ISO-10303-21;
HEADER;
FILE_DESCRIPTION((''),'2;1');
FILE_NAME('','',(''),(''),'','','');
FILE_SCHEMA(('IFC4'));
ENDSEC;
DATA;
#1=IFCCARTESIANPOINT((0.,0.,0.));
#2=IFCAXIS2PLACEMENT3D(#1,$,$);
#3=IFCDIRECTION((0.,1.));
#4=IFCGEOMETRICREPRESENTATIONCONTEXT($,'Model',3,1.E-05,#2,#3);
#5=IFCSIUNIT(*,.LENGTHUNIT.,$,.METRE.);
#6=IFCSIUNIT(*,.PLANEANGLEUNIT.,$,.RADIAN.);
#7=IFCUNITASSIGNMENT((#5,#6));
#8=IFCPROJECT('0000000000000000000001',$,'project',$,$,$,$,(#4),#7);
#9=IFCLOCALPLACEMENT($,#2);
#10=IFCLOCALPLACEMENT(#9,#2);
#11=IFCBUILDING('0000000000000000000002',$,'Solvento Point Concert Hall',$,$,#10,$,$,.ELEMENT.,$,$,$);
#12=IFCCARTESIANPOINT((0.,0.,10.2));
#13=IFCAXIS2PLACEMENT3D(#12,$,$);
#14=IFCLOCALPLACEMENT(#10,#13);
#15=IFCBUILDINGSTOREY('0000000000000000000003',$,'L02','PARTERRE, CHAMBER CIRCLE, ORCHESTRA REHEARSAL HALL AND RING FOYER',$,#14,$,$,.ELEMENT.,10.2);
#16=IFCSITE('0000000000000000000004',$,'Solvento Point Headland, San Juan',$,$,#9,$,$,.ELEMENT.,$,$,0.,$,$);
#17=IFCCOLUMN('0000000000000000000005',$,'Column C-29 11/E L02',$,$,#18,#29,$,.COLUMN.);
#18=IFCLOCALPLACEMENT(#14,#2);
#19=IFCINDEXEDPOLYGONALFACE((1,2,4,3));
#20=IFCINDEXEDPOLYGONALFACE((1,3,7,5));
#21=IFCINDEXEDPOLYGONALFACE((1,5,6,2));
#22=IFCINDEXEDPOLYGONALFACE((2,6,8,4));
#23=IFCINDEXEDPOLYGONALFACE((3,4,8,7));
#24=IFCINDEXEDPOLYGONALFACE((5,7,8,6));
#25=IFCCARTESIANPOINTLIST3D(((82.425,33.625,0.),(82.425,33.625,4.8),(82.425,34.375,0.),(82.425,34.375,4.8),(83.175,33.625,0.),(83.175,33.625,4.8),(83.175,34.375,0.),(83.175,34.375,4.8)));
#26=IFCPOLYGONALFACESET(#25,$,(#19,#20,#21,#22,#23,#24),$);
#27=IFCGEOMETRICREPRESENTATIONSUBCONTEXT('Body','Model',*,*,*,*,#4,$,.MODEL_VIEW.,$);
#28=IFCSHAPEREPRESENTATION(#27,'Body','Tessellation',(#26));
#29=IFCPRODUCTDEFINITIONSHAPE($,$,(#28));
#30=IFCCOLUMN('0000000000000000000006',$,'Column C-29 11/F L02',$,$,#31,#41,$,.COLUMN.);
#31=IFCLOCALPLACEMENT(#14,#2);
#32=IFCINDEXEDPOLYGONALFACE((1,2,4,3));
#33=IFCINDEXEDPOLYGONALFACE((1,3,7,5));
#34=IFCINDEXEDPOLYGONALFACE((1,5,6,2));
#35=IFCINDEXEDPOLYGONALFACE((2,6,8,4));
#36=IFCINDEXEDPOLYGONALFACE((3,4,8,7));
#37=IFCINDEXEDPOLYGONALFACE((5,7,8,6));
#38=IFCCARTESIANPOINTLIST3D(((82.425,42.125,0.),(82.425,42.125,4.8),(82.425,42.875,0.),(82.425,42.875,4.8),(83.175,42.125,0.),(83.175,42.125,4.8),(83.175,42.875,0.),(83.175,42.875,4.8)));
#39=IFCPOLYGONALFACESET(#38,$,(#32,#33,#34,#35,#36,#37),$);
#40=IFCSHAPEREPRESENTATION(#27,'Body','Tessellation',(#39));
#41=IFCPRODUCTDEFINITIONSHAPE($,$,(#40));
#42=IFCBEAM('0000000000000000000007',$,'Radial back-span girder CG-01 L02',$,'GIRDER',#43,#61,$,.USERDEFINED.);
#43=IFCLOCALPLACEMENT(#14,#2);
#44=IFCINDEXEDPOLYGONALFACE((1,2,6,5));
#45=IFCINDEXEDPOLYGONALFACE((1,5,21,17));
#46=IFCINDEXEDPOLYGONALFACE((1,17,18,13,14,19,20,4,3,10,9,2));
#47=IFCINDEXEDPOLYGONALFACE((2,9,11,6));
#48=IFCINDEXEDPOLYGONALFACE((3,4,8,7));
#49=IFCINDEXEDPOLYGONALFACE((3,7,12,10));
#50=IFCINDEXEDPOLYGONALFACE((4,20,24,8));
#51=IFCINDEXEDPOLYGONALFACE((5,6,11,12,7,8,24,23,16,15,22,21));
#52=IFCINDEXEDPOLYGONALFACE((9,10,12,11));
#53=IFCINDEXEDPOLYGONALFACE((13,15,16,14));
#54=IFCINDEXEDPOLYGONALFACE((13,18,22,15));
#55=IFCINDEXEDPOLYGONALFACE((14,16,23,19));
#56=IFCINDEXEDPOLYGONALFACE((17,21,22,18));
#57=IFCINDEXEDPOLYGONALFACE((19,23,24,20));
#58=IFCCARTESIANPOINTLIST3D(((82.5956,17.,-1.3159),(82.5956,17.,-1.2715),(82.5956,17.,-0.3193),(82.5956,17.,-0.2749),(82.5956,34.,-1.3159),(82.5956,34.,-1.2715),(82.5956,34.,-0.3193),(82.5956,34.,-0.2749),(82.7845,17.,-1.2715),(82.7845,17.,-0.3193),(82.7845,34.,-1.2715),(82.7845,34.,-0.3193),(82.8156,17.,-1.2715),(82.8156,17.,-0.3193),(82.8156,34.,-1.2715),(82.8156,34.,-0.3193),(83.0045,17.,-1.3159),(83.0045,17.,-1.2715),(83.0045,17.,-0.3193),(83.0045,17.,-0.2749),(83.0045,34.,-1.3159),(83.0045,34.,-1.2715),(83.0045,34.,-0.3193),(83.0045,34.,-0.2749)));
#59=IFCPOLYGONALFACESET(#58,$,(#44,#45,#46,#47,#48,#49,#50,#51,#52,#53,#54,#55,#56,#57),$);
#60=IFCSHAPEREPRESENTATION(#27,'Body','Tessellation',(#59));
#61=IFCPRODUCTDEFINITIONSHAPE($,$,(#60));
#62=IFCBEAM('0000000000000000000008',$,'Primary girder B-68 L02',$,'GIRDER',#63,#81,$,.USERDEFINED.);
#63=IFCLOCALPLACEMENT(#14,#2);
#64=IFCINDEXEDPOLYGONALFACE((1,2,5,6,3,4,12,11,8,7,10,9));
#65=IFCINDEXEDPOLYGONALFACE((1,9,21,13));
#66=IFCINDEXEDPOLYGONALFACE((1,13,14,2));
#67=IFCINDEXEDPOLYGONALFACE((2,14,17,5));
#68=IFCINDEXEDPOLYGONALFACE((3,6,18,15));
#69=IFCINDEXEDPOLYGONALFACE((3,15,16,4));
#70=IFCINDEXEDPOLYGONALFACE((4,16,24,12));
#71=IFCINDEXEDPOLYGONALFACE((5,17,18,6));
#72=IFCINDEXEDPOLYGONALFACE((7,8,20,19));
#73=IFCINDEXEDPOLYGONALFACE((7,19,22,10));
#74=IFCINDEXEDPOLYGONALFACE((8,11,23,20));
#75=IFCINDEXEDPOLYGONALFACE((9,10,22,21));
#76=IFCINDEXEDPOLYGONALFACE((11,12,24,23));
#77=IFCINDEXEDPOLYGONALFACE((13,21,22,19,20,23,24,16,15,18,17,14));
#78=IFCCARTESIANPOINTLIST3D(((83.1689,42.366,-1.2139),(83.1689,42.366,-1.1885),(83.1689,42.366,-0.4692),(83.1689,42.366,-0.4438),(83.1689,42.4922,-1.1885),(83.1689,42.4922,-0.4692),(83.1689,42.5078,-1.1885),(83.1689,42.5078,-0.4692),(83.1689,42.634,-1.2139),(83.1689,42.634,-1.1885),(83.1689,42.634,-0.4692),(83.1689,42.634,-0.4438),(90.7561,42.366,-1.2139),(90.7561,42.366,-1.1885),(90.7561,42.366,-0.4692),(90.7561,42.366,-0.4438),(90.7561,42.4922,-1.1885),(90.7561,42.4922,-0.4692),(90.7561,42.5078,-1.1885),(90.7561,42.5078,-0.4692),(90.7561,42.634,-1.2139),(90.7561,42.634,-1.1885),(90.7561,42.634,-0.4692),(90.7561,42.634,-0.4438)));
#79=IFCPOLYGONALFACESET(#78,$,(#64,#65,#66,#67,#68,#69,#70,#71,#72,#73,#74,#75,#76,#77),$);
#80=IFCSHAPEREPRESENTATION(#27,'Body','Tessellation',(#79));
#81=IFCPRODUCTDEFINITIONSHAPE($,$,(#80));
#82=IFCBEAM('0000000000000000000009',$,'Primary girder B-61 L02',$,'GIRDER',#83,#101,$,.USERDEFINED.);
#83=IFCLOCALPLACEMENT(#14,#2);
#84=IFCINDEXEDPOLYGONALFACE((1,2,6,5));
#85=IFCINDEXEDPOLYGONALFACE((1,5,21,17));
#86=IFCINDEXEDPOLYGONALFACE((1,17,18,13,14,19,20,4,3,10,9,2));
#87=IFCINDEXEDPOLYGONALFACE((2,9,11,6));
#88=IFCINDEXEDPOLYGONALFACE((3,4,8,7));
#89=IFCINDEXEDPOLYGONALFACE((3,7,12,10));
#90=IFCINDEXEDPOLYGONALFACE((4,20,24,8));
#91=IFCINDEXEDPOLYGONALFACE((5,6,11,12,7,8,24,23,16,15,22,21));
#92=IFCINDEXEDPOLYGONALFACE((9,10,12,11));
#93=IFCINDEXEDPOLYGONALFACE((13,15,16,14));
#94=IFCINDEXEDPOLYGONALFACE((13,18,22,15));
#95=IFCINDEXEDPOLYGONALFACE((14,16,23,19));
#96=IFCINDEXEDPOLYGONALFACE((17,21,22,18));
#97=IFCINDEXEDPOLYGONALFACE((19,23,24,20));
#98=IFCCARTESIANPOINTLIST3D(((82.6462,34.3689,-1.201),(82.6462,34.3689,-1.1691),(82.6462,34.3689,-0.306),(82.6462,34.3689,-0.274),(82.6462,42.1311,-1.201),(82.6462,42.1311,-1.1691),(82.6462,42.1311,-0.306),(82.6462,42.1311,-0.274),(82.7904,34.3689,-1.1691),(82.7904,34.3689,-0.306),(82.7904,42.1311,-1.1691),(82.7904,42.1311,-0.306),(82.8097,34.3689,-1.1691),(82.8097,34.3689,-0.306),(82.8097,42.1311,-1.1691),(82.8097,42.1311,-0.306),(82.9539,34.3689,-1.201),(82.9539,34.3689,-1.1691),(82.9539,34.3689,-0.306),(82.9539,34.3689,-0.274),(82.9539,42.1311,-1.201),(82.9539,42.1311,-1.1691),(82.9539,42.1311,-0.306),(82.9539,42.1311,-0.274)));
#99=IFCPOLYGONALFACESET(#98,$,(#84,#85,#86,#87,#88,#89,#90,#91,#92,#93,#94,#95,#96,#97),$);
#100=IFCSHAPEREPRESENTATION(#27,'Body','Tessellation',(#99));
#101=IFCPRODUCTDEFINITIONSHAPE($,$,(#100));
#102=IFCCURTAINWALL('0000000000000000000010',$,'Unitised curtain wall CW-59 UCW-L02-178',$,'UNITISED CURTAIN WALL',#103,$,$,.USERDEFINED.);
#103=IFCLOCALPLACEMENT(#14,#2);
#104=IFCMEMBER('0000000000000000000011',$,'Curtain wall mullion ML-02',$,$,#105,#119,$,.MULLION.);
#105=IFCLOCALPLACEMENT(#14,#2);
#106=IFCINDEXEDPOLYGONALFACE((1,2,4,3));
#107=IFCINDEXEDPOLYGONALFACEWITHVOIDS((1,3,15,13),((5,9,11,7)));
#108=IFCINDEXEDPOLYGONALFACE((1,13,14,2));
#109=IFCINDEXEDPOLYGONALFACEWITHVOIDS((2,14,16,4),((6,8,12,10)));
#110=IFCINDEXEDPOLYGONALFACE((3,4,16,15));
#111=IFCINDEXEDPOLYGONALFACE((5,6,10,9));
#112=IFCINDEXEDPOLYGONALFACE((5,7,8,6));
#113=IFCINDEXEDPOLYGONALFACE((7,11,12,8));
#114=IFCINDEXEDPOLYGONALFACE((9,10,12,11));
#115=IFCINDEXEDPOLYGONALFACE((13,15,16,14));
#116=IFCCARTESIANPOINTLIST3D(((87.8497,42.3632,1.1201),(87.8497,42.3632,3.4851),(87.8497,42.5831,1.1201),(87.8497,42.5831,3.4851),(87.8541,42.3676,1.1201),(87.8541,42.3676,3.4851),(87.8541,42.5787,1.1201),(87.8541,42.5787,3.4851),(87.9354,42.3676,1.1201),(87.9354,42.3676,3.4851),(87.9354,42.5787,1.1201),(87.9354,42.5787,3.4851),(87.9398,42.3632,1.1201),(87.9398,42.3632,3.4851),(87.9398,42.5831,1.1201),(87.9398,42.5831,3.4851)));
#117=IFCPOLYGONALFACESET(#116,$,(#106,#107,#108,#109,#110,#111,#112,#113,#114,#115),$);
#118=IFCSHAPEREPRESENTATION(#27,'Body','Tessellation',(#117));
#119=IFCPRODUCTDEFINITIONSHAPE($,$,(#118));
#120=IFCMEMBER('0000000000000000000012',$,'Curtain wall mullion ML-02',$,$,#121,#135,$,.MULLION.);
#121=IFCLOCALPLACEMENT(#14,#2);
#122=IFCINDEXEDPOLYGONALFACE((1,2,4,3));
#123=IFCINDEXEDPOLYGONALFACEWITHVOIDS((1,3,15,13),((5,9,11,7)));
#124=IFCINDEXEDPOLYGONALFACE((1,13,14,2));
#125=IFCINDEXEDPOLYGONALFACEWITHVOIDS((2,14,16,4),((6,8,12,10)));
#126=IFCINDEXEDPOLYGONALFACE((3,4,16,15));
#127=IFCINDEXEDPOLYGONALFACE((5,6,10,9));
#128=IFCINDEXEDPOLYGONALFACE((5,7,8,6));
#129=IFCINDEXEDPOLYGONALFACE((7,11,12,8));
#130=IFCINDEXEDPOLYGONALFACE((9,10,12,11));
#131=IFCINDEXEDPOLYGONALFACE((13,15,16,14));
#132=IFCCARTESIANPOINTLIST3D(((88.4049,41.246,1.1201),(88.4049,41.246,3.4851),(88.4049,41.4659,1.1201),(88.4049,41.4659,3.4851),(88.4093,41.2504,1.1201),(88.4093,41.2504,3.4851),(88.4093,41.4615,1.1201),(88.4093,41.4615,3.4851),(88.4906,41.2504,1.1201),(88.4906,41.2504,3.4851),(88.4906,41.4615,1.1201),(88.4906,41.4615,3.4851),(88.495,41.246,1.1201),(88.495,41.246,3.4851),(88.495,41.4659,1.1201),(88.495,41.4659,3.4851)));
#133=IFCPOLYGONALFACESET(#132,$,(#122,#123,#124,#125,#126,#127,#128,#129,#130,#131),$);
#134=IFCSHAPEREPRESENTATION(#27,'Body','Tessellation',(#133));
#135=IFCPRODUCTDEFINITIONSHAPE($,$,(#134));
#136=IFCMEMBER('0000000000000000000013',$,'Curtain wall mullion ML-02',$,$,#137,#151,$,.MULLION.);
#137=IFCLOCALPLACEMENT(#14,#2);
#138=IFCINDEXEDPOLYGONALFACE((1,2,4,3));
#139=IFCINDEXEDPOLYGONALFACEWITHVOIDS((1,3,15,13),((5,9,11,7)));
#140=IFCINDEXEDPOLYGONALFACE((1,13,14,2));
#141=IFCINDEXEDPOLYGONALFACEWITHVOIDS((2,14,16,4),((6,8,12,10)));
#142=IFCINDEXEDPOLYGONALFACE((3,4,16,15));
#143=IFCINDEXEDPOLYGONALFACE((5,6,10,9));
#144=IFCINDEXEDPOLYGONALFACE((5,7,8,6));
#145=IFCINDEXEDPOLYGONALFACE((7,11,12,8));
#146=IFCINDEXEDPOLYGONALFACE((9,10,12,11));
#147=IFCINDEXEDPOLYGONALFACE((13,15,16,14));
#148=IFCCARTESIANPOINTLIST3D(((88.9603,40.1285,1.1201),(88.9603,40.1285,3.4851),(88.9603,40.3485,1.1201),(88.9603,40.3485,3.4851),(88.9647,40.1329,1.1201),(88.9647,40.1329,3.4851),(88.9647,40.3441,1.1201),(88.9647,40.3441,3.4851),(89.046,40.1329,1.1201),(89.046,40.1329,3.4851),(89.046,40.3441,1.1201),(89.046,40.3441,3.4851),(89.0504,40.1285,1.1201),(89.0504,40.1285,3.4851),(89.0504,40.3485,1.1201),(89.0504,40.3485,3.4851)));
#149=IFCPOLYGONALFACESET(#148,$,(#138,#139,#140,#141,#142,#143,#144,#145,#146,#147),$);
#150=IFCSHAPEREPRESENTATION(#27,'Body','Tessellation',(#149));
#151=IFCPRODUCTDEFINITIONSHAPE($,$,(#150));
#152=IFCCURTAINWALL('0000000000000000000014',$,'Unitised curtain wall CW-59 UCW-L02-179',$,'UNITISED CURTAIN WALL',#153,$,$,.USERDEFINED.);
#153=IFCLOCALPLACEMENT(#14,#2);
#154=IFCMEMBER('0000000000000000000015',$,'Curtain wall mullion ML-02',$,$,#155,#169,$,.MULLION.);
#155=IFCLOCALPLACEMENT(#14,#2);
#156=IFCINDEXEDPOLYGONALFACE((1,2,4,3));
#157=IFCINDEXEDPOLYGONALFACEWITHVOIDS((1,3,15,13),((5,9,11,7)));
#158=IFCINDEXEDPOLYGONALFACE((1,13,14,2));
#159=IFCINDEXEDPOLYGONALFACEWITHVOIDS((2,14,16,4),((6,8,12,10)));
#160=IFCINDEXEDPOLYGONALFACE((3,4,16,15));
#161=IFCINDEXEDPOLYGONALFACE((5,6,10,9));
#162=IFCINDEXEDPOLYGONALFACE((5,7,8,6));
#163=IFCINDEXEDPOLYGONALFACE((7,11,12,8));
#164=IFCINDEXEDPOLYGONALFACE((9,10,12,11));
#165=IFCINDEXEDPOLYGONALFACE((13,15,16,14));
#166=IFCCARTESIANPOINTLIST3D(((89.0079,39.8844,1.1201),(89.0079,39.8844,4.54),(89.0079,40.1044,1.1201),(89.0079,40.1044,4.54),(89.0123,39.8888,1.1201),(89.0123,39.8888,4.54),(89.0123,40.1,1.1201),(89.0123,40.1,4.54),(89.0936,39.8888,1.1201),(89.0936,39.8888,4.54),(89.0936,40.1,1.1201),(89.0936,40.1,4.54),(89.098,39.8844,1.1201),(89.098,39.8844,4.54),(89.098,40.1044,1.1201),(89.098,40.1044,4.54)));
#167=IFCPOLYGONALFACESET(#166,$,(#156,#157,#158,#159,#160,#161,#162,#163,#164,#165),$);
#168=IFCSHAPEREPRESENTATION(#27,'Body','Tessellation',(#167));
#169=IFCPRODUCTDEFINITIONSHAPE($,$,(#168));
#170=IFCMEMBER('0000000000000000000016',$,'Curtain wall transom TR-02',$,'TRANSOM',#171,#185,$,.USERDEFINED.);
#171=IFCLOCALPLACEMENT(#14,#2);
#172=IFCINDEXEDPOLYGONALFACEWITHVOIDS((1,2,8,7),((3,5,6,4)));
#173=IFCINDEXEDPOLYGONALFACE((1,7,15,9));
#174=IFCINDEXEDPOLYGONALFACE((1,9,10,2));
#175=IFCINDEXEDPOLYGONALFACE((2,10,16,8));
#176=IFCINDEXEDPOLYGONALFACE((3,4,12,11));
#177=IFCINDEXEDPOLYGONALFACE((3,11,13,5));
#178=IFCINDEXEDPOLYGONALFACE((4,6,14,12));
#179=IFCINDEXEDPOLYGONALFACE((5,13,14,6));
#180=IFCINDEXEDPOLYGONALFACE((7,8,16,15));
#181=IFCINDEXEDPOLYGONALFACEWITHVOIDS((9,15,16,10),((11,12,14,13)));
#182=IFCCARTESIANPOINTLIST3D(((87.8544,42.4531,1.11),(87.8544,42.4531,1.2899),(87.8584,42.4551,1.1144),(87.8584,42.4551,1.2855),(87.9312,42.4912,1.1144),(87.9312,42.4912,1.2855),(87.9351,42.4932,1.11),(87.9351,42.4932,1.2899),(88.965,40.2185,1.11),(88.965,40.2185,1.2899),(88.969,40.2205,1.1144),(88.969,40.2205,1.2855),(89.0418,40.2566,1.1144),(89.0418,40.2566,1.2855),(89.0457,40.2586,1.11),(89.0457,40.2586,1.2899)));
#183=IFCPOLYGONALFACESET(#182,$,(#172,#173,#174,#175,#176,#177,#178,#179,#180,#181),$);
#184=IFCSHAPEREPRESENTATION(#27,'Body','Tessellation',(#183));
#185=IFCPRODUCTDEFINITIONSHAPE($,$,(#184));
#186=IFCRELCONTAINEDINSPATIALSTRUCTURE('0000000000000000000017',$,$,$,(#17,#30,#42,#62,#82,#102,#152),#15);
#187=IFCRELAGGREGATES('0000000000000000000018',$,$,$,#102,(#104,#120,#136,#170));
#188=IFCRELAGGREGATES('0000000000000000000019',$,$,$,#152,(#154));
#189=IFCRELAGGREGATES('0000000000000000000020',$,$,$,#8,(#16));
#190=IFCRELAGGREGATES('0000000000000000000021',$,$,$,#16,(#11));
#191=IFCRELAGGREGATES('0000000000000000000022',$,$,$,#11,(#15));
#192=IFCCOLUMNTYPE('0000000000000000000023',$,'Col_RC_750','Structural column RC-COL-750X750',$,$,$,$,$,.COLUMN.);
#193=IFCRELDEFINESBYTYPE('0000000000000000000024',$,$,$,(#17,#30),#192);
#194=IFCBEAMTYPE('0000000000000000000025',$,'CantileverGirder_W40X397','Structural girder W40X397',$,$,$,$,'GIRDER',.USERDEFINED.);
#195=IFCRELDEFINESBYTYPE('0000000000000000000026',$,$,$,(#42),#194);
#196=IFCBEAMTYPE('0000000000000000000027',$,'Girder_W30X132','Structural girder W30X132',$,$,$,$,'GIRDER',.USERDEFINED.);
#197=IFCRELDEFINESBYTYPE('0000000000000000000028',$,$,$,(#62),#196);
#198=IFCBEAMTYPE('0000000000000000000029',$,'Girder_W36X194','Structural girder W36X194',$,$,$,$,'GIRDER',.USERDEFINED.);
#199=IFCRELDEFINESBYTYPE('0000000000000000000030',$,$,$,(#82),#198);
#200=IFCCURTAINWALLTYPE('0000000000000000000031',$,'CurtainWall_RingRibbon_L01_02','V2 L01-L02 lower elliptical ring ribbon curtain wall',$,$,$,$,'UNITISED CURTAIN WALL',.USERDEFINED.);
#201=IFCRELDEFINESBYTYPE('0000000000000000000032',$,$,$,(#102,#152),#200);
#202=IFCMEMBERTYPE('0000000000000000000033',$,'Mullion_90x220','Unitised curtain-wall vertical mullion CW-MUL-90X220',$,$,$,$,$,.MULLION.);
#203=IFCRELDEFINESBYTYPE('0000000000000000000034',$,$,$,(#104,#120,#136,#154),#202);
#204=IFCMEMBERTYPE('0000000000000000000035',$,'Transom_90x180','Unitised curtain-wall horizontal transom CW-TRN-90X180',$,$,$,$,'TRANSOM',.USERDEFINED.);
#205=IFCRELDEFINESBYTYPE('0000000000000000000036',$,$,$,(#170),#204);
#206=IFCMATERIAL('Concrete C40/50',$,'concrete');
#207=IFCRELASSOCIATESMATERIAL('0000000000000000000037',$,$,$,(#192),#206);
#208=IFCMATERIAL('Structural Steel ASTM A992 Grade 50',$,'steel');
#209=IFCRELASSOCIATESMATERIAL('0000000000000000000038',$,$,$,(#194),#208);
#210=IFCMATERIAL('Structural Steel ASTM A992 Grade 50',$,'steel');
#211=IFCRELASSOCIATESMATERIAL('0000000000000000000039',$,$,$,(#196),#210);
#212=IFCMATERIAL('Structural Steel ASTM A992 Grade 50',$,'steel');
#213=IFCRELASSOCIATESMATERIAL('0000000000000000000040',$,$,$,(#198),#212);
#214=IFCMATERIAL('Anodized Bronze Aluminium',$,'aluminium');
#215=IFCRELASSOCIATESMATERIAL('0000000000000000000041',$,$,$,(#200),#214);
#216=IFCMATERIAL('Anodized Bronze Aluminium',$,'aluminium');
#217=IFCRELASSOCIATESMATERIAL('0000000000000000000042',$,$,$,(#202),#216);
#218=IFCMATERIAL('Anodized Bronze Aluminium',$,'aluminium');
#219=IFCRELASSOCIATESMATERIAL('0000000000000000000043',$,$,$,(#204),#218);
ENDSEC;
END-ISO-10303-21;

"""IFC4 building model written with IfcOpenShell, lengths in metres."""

from ifc_helpers import new_model, si_unit, direction, frame, origin, origin_2d, place, context, subcontext, project, spatial, rectangle, hollow_rectangle, i_section, extrude, material, material_profile, profile_set, type_object, element, aggregate, save


model = new_model("IFC4")

# Units and contexts
model_context = context("Model", 3, precision=1e-05, world=origin(), true_north=direction((0.0, 1.0)))
body_context = subcontext(model_context, "Body", "Model", "MODEL_VIEW")
ifc_project = project(units=[si_unit("LENGTHUNIT", "METRE"), si_unit("PLANEANGLEUNIT", "RADIAN")], contexts=[model_context])

# Site, building, storey
site_placement = place(None, origin())
site = spatial("IfcSite", under=ifc_project, at=site_placement, Name="Solvento Point Headland, San Juan", CompositionType="ELEMENT", RefElevation=0.0)
building_placement = place(site_placement, origin())
building = spatial("IfcBuilding", under=site, at=building_placement, Name="Solvento Point Concert Hall", CompositionType="ELEMENT")
storey_placement = place(building_placement, frame((0.0, 0.0, 10.2)))
storey = spatial("IfcBuildingStorey", under=building, at=storey_placement, Name="L02", Description="PARTERRE, CHAMBER CIRCLE, ORCHESTRA REHEARSAL HALL AND RING FOYER", CompositionType="ELEMENT", Elevation=10.2)

# Columns
ifc_material_1 = material(Name="Concrete C40/50", Category="concrete")
ifc_material_profile_1 = material_profile(ifc_material_1, rectangle(XDim=0.75, YDim=0.75, at=origin_2d()), Name="RC-COL-750X750")
ifc_profile_set_1 = profile_set([ifc_material_profile_1], Name="Concrete C40/50")
column_type = type_object("IfcColumnType", Name="Col_RC_750", Description="Structural column RC-COL-750X750", PredefinedType="COLUMN", material=ifc_profile_set_1)
for number, where, z_axis, x_axis, name in (
    (1, (82.8, 34.0, 0.0), (0.0, 0.0, 1.0), (1.0, 0.0, 0.0), "Column C-29 11/E L02"),
    (2, (82.8, 42.5, 0.0), (0.0, 0.0, 1.0), (1.0, 0.0, 0.0), "Column C-29 11/F L02"),
):
    element("IfcColumn", number, at=place(storey_placement, frame(where, z_axis=z_axis, x_axis=x_axis)), inside=storey, type_object=column_type, Name=name, PredefinedType="COLUMN", context=body_context, shape_type="SweptSolid", body=[
        extrude(rectangle(XDim=0.75, YDim=0.75, at=origin_2d()), origin(), (0.0, 0.0, 1.0), 4.8),
    ])

# Beams
ifc_material_2 = material(Name="Structural Steel ASTM A992 Grade 50", Category="steel")
ifc_material_profile_2 = material_profile(ifc_material_2, i_section(OverallWidth=0.4089, OverallDepth=1.041, WebThickness=0.031, FlangeThickness=0.0444, at=origin_2d()), Name="W40X397")
ifc_profile_set_2 = profile_set([ifc_material_profile_2], Name="Structural Steel ASTM A992 Grade 50")
beam_type_1 = type_object("IfcBeamType", Name="CantileverGirder_W40X397", Description="Structural girder W40X397", ElementType="GIRDER", PredefinedType="USERDEFINED", material=ifc_profile_set_2)
beam_1_placement = place(storey_placement, frame((82.8, 34.0, -0.7954), z_axis=(0.0, -1.0, 0.0), x_axis=(1.0, 0.0, 0.0)))
element("IfcBeam", 3, at=beam_1_placement, inside=storey, type_object=beam_type_1, Name="Radial back-span girder CG-01 L02", ObjectType="GIRDER", PredefinedType="USERDEFINED", context=body_context, shape_type="SweptSolid", body=[
    extrude(i_section(OverallWidth=0.4089, OverallDepth=1.041, WebThickness=0.031, FlangeThickness=0.0444, at=origin_2d()), origin(), (0.0, 0.0, 1.0), 17.0),
])
ifc_material_3 = material(Name="Structural Steel ASTM A992 Grade 50", Category="steel")
ifc_material_profile_3 = material_profile(ifc_material_3, i_section(OverallWidth=0.2681, OverallDepth=0.77, WebThickness=0.0156, FlangeThickness=0.0254, at=origin_2d()), Name="W30X132")
ifc_profile_set_3 = profile_set([ifc_material_profile_3], Name="Structural Steel ASTM A992 Grade 50")
beam_type_2 = type_object("IfcBeamType", Name="Girder_W30X132", Description="Structural girder W30X132", ElementType="GIRDER", PredefinedType="USERDEFINED", material=ifc_profile_set_3)
beam_2_placement = place(storey_placement, frame((83.1689, 42.5, -0.8289), z_axis=(1.0, 0.0, 0.0), x_axis=(0.0, 1.0, 0.0)))
element("IfcBeam", 4, at=beam_2_placement, inside=storey, type_object=beam_type_2, Name="Primary girder B-68 L02", ObjectType="GIRDER", PredefinedType="USERDEFINED", context=body_context, shape_type="SweptSolid", body=[
    extrude(i_section(OverallWidth=0.2681, OverallDepth=0.77, WebThickness=0.0156, FlangeThickness=0.0254, at=origin_2d()), origin(), (0.0, 0.0, 1.0), 7.5872),
])
ifc_material_4 = material(Name="Structural Steel ASTM A992 Grade 50", Category="steel")
ifc_material_profile_4 = material_profile(ifc_material_4, i_section(OverallWidth=0.3076, OverallDepth=0.927, WebThickness=0.0193, FlangeThickness=0.032, at=origin_2d()), Name="W36X194")
ifc_profile_set_4 = profile_set([ifc_material_profile_4], Name="Structural Steel ASTM A992 Grade 50")
beam_type_3 = type_object("IfcBeamType", Name="Girder_W36X194", Description="Structural girder W36X194", ElementType="GIRDER", PredefinedType="USERDEFINED", material=ifc_profile_set_4)
beam_3_placement = place(storey_placement, frame((82.8, 34.3689, -0.7375), z_axis=(0.0, 1.0, 0.0), x_axis=(-1.0, 0.0, 0.0)))
element("IfcBeam", 5, at=beam_3_placement, inside=storey, type_object=beam_type_3, Name="Primary girder B-61 L02", ObjectType="GIRDER", PredefinedType="USERDEFINED", context=body_context, shape_type="SweptSolid", body=[
    extrude(i_section(OverallWidth=0.3076, OverallDepth=0.927, WebThickness=0.0193, FlangeThickness=0.032, at=origin_2d()), origin(), (0.0, 0.0, 1.0), 7.7622),
])

# Curtain wall, members
ifc_material_5 = material(Name="Anodized Bronze Aluminium", Category="aluminium")
curtain_wall_type = type_object("IfcCurtainWallType", Name="CurtainWall_RingRibbon_L01_02", Description="V2 L01-L02 lower elliptical ring ribbon curtain wall", ElementType="UNITISED CURTAIN WALL", PredefinedType="USERDEFINED", material=ifc_material_5)
curtain_wall_1_placement = place(storey_placement, origin())
curtain_wall_1 = element("IfcCurtainWall", 6, at=curtain_wall_1_placement, inside=storey, type_object=curtain_wall_type, Name="Unitised curtain wall CW-59 UCW-L02-178", ObjectType="UNITISED CURTAIN WALL", PredefinedType="USERDEFINED")
ifc_material_6 = material(Name="Anodized Bronze Aluminium", Category="aluminium")
ifc_material_profile_5 = material_profile(ifc_material_6, hollow_rectangle(XDim=0.0901, YDim=0.22, WallThickness=0.0044, at=origin_2d()), Name="CW-MUL-90X220")
ifc_profile_set_5 = profile_set([ifc_material_profile_5], Name="Anodized Bronze Aluminium")
member_type_1 = type_object("IfcMemberType", Name="Mullion_90x220", Description="Unitised curtain-wall vertical mullion CW-MUL-90X220", PredefinedType="MULLION", material=ifc_profile_set_5)
member_1_placement = place(storey_placement, frame((87.8948, 42.4731, 1.1201), z_axis=(0.0, 0.0, 1.0), x_axis=(1.0, 0.0, 0.0)))
member_1 = element("IfcMember", 7, at=member_1_placement, type_object=member_type_1, Name="Curtain wall mullion ML-02", PredefinedType="MULLION", context=body_context, shape_type="SweptSolid", body=[
    extrude(hollow_rectangle(XDim=0.0901, YDim=0.22, WallThickness=0.0044, at=origin_2d()), origin(), (0.0, 0.0, 1.0), 2.365),
])
member_2_placement = place(storey_placement, frame((88.45, 41.356, 1.1201), z_axis=(0.0, 0.0, 1.0), x_axis=(1.0, 0.0, 0.0)))
member_2 = element("IfcMember", 8, at=member_2_placement, type_object=member_type_1, Name="Curtain wall mullion ML-02", PredefinedType="MULLION", context=body_context, shape_type="SweptSolid", body=[
    extrude(hollow_rectangle(XDim=0.0901, YDim=0.22, WallThickness=0.0044, at=origin_2d()), origin(), (0.0, 0.0, 1.0), 2.365),
])
member_3_placement = place(storey_placement, frame((89.0054, 40.2385, 1.1201), z_axis=(0.0, 0.0, 1.0), x_axis=(1.0, 0.0, 0.0)))
member_3 = element("IfcMember", 9, at=member_3_placement, type_object=member_type_1, Name="Curtain wall mullion ML-02", PredefinedType="MULLION", context=body_context, shape_type="SweptSolid", body=[
    extrude(hollow_rectangle(XDim=0.0901, YDim=0.22, WallThickness=0.0044, at=origin_2d()), origin(), (0.0, 0.0, 1.0), 2.365),
])

# Curtain wall, member
curtain_wall_2_placement = place(storey_placement, origin())
curtain_wall_2 = element("IfcCurtainWall", 10, at=curtain_wall_2_placement, inside=storey, type_object=curtain_wall_type, Name="Unitised curtain wall CW-59 UCW-L02-179", ObjectType="UNITISED CURTAIN WALL", PredefinedType="USERDEFINED")
member_4_placement = place(storey_placement, frame((89.053, 39.9944, 1.1201), z_axis=(0.0, 0.0, 1.0), x_axis=(1.0, 0.0, 0.0)))
member_4 = element("IfcMember", 11, at=member_4_placement, type_object=member_type_1, Name="Curtain wall mullion ML-02", PredefinedType="MULLION", context=body_context, shape_type="SweptSolid", body=[
    extrude(hollow_rectangle(XDim=0.0901, YDim=0.22, WallThickness=0.0044, at=origin_2d()), origin(), (0.0, 0.0, 1.0), 3.4199),
])

# Member
ifc_material_7 = material(Name="Anodized Bronze Aluminium", Category="aluminium")
ifc_material_profile_6 = material_profile(ifc_material_7, hollow_rectangle(XDim=0.0901, YDim=0.1799, WallThickness=0.0044, at=origin_2d()), Name="CW-TRN-90X180")
ifc_profile_set_6 = profile_set([ifc_material_profile_6], Name="Anodized Bronze Aluminium")
member_type_2 = type_object("IfcMemberType", Name="Transom_90x180", Description="Unitised curtain-wall horizontal transom CW-TRN-90X180", ElementType="TRANSOM", PredefinedType="USERDEFINED", material=ifc_profile_set_6)
member_5_placement = place(storey_placement, frame((87.8948, 42.4731, 1.2), z_axis=(0.44506, -0.895501, 0.0), x_axis=(0.895501, 0.44506, 0.0)))
member_5 = element("IfcMember", 12, at=member_5_placement, type_object=member_type_2, Name="Curtain wall transom TR-02", ObjectType="TRANSOM", PredefinedType="USERDEFINED", context=body_context, shape_type="SweptSolid", body=[
    extrude(hollow_rectangle(XDim=0.0901, YDim=0.1799, WallThickness=0.0044, at=origin_2d()), origin(), (0.0, 0.0, 1.0), 2.4954),
])

aggregate(curtain_wall_1, [member_1, member_2, member_3, member_5])
aggregate(curtain_wall_2, [member_4])

save(model, "model.ifc")
